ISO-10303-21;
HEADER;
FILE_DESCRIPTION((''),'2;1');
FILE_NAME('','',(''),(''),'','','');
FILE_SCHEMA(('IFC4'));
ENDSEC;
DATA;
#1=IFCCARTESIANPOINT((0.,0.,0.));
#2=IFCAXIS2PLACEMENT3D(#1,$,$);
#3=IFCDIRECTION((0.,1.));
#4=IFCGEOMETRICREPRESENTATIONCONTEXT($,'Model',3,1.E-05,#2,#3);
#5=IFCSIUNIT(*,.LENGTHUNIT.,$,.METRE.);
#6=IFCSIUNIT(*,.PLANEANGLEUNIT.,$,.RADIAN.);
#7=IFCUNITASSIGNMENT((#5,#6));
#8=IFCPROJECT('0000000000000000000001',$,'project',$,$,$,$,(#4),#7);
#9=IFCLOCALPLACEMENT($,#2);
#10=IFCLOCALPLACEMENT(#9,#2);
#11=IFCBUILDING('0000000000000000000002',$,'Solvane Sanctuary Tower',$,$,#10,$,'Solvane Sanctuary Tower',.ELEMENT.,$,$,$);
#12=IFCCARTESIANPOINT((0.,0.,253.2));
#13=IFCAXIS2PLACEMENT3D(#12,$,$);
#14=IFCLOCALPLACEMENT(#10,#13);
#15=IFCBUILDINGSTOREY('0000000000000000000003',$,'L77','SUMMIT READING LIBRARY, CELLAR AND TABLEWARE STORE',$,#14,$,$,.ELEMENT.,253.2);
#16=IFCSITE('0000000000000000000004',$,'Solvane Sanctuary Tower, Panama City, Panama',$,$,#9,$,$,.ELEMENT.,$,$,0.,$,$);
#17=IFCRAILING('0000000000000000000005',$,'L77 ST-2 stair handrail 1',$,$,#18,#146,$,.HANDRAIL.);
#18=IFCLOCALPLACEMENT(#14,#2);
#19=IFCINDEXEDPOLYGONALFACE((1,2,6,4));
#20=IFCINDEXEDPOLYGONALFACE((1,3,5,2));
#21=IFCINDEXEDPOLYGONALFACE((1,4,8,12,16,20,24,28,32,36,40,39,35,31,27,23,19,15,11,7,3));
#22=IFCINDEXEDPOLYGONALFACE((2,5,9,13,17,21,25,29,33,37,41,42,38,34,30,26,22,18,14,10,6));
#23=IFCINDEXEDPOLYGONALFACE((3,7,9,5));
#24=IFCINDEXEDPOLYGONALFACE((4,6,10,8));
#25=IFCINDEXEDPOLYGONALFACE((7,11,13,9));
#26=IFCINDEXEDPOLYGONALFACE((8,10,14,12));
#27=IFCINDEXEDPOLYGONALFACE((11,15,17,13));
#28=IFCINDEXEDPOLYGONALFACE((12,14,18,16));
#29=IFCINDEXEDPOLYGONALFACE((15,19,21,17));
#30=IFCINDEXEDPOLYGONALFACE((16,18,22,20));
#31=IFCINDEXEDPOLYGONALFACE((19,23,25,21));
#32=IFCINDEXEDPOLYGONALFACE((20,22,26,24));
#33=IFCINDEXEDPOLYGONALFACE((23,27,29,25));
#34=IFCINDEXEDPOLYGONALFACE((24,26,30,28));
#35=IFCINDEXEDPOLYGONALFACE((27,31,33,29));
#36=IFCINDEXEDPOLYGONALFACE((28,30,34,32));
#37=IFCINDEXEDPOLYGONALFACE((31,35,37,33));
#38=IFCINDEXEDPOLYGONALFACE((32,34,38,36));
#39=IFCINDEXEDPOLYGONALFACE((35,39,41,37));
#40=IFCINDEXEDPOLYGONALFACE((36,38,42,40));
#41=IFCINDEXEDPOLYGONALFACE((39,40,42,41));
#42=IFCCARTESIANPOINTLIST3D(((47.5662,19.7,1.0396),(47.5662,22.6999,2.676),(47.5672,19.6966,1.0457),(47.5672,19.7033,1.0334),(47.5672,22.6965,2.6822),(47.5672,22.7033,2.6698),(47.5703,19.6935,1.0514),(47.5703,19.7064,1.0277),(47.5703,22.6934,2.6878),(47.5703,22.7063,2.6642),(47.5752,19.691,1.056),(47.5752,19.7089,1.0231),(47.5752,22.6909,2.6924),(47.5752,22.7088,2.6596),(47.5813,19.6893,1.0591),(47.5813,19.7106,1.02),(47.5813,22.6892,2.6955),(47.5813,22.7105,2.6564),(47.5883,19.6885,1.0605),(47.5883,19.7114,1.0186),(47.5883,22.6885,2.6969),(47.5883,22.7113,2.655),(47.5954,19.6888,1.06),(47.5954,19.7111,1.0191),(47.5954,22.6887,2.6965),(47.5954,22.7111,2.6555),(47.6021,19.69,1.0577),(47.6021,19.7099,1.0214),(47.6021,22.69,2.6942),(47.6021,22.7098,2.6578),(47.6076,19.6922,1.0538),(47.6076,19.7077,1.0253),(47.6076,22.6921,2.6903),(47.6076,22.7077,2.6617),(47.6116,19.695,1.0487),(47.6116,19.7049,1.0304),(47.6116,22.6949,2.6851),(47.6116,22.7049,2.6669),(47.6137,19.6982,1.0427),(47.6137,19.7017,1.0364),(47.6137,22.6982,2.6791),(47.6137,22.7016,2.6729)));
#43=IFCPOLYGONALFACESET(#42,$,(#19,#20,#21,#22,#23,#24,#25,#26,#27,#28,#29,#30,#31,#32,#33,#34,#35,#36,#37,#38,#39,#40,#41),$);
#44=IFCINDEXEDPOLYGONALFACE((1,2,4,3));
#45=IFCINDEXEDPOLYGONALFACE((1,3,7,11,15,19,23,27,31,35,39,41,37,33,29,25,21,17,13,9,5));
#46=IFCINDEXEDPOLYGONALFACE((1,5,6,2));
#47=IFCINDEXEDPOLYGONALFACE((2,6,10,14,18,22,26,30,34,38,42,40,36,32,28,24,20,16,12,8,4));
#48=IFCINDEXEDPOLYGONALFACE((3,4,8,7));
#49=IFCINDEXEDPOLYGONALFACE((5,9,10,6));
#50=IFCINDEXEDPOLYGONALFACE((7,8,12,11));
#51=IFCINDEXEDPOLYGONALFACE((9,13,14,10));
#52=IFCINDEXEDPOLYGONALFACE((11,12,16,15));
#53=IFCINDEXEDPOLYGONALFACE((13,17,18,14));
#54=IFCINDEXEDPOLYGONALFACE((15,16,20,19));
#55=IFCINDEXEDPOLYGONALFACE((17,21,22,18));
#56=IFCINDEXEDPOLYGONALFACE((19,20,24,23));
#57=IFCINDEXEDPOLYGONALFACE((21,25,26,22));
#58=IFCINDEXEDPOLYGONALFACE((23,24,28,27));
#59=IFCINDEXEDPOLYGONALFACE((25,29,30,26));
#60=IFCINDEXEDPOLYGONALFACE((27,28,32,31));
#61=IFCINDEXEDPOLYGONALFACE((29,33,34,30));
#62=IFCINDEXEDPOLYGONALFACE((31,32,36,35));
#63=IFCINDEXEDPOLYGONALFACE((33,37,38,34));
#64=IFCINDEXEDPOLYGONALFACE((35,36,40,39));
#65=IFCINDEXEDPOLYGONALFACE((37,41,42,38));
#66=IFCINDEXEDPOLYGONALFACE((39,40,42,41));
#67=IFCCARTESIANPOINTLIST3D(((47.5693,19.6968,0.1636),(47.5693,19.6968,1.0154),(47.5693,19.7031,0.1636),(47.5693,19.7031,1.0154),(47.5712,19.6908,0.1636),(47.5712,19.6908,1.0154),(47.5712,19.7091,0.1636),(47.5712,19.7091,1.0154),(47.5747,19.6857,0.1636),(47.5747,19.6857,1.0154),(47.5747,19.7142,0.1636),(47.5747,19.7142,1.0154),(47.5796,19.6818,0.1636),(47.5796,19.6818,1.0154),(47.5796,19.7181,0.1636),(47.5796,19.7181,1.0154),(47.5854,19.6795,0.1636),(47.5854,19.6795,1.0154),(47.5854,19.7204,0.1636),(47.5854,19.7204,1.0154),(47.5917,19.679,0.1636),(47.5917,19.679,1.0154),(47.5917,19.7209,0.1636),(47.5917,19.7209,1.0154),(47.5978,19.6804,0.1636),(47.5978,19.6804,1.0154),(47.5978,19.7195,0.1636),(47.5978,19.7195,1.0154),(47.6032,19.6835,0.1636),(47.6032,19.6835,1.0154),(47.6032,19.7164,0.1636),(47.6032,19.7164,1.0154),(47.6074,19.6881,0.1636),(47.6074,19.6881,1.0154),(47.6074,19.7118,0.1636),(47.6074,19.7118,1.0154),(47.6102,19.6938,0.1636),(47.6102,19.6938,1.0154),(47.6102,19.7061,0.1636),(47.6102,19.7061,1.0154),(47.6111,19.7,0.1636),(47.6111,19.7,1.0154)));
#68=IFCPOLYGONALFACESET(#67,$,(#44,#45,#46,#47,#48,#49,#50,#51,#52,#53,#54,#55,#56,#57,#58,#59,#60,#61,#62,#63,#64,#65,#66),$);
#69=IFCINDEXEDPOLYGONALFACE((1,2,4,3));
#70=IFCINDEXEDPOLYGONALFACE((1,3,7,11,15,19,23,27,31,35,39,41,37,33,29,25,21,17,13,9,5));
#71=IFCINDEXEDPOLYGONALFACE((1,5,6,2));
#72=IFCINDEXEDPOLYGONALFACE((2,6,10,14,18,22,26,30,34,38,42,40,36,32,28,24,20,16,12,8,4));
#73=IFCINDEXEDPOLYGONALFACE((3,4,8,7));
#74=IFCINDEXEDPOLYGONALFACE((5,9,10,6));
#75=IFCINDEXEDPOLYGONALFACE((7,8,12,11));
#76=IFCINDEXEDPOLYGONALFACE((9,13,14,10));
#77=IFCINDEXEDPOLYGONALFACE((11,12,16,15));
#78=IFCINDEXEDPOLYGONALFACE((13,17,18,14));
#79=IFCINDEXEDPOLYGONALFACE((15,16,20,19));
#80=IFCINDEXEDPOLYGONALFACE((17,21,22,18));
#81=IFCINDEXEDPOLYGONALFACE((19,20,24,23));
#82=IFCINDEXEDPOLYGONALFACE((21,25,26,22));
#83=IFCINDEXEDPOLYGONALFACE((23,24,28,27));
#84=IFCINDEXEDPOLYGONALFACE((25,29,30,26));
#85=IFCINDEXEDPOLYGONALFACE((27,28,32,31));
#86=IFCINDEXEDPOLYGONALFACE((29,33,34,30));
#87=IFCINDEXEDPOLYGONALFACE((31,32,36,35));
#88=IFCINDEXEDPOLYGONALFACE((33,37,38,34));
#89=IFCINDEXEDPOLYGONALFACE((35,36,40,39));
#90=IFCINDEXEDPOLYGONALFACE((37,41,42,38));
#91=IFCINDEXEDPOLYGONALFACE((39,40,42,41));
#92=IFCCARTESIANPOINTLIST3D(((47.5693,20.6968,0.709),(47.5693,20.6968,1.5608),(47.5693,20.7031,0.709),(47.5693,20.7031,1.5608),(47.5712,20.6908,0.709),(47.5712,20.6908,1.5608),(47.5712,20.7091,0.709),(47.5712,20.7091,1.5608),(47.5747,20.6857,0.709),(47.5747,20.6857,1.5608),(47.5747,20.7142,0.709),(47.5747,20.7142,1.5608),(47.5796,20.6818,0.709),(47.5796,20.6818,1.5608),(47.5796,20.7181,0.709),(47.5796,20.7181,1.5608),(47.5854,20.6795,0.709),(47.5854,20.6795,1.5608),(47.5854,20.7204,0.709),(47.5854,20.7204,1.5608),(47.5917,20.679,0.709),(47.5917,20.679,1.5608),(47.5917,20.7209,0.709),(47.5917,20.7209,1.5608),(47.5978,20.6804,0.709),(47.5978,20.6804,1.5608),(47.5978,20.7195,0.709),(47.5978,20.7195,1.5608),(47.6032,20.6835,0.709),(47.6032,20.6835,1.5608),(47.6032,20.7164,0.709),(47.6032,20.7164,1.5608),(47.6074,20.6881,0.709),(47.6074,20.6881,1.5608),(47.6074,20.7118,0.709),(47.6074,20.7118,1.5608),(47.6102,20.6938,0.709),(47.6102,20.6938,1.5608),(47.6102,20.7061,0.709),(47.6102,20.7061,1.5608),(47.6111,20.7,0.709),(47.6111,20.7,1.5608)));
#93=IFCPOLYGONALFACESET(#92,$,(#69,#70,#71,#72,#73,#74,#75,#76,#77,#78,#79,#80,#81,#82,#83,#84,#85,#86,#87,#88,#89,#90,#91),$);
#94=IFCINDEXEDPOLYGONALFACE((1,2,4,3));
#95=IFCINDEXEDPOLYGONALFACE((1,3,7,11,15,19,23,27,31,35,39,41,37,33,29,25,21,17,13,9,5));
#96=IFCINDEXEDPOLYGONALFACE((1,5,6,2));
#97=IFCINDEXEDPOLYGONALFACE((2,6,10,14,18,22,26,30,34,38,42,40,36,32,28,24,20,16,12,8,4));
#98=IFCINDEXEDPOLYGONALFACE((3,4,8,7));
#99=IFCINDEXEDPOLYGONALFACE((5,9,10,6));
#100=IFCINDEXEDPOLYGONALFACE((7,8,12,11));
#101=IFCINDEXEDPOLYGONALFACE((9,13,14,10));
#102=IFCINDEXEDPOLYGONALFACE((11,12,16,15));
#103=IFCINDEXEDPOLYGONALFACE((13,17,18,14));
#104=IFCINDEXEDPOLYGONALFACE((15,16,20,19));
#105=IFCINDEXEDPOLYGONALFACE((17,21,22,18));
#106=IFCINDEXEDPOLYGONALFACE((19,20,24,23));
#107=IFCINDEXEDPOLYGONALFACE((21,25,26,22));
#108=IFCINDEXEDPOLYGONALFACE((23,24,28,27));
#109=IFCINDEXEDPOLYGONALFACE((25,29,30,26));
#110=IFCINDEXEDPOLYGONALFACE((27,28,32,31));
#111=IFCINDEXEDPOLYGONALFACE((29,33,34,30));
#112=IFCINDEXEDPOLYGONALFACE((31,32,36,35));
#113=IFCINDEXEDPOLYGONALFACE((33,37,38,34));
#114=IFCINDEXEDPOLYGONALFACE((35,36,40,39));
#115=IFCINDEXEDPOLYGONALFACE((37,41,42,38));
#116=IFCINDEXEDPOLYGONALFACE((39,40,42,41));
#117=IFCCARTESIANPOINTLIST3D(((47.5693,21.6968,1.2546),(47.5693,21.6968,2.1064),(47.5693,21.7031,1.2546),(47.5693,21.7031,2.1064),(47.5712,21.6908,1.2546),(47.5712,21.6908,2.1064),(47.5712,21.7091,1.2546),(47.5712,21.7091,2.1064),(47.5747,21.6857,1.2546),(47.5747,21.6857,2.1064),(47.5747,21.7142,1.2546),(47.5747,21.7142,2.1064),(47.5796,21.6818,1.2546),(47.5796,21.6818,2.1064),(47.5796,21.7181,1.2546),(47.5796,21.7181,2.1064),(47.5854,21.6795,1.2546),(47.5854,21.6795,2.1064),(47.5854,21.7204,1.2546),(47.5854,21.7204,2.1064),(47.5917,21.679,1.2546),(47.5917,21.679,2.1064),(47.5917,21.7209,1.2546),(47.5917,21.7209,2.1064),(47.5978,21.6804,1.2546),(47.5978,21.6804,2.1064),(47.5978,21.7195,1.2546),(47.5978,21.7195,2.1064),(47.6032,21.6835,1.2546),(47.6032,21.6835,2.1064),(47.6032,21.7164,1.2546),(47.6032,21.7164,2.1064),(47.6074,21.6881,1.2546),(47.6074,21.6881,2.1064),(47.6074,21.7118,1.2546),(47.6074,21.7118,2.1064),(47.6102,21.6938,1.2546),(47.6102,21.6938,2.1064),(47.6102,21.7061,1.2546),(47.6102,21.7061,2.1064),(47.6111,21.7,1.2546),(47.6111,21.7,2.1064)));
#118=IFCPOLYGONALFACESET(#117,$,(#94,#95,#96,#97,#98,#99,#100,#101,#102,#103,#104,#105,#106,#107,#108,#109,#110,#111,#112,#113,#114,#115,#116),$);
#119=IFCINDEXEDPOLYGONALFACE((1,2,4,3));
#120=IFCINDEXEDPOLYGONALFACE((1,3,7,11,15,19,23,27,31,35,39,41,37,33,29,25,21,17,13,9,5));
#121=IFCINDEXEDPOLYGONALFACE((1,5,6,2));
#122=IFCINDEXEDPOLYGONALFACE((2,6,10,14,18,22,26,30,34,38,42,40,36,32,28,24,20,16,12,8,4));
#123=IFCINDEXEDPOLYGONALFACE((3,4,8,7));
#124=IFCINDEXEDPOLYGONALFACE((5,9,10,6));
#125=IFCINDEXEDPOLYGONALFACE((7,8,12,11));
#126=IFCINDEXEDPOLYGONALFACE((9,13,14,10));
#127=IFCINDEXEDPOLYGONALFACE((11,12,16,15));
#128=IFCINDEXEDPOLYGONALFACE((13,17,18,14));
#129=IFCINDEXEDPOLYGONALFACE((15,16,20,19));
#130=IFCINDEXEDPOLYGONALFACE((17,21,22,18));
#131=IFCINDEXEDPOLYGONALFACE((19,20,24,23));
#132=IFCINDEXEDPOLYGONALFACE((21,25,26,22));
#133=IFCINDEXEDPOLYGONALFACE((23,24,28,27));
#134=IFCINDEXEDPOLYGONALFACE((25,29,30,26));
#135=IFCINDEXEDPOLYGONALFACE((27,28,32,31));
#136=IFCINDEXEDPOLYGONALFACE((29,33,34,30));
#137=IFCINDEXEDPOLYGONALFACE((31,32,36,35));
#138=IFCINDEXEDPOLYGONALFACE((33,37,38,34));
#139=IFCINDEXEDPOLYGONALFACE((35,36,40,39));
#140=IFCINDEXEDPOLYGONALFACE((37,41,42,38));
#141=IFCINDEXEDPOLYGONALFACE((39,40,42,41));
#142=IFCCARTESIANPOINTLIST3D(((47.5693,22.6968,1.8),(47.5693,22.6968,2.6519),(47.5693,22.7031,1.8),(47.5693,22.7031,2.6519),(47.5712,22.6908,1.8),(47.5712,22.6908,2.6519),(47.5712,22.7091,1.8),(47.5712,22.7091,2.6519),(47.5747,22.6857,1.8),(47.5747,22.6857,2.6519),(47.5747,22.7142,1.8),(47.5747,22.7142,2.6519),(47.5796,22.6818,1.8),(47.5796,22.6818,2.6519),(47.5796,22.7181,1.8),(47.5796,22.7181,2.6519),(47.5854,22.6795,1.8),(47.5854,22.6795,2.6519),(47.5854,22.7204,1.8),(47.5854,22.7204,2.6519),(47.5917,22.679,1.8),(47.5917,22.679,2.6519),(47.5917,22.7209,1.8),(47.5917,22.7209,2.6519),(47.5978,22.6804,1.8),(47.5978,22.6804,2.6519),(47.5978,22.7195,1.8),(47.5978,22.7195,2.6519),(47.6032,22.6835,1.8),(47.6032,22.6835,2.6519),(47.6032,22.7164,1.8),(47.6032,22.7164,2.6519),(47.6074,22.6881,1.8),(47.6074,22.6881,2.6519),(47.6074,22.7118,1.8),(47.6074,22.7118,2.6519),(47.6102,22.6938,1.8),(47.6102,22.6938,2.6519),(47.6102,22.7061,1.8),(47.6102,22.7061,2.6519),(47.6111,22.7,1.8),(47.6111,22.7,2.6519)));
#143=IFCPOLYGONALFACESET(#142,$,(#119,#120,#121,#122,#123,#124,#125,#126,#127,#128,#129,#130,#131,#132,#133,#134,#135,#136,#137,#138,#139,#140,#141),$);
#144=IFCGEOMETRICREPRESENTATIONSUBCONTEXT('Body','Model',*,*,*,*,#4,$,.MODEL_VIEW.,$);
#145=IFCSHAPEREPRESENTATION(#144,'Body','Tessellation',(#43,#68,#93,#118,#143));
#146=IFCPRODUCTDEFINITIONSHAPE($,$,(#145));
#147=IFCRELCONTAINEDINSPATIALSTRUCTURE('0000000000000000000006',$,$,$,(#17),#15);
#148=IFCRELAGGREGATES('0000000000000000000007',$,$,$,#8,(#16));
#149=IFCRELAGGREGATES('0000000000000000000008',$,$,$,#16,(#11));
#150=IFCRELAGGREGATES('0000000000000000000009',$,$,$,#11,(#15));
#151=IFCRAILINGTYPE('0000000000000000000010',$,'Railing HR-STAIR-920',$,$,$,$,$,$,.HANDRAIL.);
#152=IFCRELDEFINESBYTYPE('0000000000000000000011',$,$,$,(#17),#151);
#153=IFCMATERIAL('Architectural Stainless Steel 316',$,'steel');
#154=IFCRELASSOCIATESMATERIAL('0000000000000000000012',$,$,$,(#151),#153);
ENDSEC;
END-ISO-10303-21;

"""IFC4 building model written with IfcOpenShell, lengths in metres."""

from ifc_helpers import new_model, si_unit, direction, frame, origin, origin_2d, place, context, subcontext, project, spatial, circle, extrude, material, type_object, element, save


model = new_model("IFC4")

# Units and contexts
model_context = context("Model", 3, precision=1e-05, world=origin(), true_north=direction((0.0, 1.0)))
body_context = subcontext(model_context, "Body", "Model", "MODEL_VIEW")
ifc_project = project(units=[si_unit("LENGTHUNIT", "METRE"), si_unit("PLANEANGLEUNIT", "RADIAN")], contexts=[model_context])

# Site, building, storey
site_placement = place(None, origin())
site = spatial("IfcSite", under=ifc_project, at=site_placement, Name="Solvane Sanctuary Tower, Panama City, Panama", CompositionType="ELEMENT", RefElevation=0.0)
building_placement = place(site_placement, origin())
building = spatial("IfcBuilding", under=site, at=building_placement, Name="Solvane Sanctuary Tower", LongName="Solvane Sanctuary Tower", CompositionType="ELEMENT")
storey_placement = place(building_placement, frame((0.0, 0.0, 253.2)))
storey = spatial("IfcBuildingStorey", under=building, at=storey_placement, Name="L77", Description="SUMMIT READING LIBRARY, CELLAR AND TABLEWARE STORE", CompositionType="ELEMENT", Elevation=253.2)

# Shared definitions
ifc_material_1 = material(Name="Architectural Stainless Steel 316", Category="steel")

# Railing
railing_type_1 = type_object("IfcRailingType", Name="Railing HR-STAIR-920", PredefinedType="HANDRAIL", material=ifc_material_1)
railing_1_placement = place(storey_placement, frame((47.5901, 19.7, 0.1636)))
element("IfcRailing", 1, at=railing_1_placement, inside=storey, type_object=railing_type_1, Name="L77 ST-2 stair handrail 1", PredefinedType="HANDRAIL", context=body_context, shape_type="SweptSolid", body=[
    extrude(circle(Radius=0.0239, at=origin_2d()), frame((0.0, 0.0, 0.876), z_axis=(0.0, 0.877882, 0.478877), x_axis=(-1.0, 0.0, 0.0)), (0.0, 0.0, 1.0), 3.4172),
    extrude(circle(Radius=0.021, at=origin_2d()), origin(), (0.0, 0.0, 1.0), 0.8518),
    extrude(circle(Radius=0.021, at=origin_2d()), frame((0.0, 1.0, 0.5454)), (0.0, 0.0, 1.0), 0.8518),
    extrude(circle(Radius=0.021, at=origin_2d()), frame((0.0, 2.0, 1.0911)), (0.0, 0.0, 1.0), 0.8518),
    extrude(circle(Radius=0.021, at=origin_2d()), frame((0.0, 3.0, 1.6365)), (0.0, 0.0, 1.0), 0.8518),
])

save(model, "model.ifc")
